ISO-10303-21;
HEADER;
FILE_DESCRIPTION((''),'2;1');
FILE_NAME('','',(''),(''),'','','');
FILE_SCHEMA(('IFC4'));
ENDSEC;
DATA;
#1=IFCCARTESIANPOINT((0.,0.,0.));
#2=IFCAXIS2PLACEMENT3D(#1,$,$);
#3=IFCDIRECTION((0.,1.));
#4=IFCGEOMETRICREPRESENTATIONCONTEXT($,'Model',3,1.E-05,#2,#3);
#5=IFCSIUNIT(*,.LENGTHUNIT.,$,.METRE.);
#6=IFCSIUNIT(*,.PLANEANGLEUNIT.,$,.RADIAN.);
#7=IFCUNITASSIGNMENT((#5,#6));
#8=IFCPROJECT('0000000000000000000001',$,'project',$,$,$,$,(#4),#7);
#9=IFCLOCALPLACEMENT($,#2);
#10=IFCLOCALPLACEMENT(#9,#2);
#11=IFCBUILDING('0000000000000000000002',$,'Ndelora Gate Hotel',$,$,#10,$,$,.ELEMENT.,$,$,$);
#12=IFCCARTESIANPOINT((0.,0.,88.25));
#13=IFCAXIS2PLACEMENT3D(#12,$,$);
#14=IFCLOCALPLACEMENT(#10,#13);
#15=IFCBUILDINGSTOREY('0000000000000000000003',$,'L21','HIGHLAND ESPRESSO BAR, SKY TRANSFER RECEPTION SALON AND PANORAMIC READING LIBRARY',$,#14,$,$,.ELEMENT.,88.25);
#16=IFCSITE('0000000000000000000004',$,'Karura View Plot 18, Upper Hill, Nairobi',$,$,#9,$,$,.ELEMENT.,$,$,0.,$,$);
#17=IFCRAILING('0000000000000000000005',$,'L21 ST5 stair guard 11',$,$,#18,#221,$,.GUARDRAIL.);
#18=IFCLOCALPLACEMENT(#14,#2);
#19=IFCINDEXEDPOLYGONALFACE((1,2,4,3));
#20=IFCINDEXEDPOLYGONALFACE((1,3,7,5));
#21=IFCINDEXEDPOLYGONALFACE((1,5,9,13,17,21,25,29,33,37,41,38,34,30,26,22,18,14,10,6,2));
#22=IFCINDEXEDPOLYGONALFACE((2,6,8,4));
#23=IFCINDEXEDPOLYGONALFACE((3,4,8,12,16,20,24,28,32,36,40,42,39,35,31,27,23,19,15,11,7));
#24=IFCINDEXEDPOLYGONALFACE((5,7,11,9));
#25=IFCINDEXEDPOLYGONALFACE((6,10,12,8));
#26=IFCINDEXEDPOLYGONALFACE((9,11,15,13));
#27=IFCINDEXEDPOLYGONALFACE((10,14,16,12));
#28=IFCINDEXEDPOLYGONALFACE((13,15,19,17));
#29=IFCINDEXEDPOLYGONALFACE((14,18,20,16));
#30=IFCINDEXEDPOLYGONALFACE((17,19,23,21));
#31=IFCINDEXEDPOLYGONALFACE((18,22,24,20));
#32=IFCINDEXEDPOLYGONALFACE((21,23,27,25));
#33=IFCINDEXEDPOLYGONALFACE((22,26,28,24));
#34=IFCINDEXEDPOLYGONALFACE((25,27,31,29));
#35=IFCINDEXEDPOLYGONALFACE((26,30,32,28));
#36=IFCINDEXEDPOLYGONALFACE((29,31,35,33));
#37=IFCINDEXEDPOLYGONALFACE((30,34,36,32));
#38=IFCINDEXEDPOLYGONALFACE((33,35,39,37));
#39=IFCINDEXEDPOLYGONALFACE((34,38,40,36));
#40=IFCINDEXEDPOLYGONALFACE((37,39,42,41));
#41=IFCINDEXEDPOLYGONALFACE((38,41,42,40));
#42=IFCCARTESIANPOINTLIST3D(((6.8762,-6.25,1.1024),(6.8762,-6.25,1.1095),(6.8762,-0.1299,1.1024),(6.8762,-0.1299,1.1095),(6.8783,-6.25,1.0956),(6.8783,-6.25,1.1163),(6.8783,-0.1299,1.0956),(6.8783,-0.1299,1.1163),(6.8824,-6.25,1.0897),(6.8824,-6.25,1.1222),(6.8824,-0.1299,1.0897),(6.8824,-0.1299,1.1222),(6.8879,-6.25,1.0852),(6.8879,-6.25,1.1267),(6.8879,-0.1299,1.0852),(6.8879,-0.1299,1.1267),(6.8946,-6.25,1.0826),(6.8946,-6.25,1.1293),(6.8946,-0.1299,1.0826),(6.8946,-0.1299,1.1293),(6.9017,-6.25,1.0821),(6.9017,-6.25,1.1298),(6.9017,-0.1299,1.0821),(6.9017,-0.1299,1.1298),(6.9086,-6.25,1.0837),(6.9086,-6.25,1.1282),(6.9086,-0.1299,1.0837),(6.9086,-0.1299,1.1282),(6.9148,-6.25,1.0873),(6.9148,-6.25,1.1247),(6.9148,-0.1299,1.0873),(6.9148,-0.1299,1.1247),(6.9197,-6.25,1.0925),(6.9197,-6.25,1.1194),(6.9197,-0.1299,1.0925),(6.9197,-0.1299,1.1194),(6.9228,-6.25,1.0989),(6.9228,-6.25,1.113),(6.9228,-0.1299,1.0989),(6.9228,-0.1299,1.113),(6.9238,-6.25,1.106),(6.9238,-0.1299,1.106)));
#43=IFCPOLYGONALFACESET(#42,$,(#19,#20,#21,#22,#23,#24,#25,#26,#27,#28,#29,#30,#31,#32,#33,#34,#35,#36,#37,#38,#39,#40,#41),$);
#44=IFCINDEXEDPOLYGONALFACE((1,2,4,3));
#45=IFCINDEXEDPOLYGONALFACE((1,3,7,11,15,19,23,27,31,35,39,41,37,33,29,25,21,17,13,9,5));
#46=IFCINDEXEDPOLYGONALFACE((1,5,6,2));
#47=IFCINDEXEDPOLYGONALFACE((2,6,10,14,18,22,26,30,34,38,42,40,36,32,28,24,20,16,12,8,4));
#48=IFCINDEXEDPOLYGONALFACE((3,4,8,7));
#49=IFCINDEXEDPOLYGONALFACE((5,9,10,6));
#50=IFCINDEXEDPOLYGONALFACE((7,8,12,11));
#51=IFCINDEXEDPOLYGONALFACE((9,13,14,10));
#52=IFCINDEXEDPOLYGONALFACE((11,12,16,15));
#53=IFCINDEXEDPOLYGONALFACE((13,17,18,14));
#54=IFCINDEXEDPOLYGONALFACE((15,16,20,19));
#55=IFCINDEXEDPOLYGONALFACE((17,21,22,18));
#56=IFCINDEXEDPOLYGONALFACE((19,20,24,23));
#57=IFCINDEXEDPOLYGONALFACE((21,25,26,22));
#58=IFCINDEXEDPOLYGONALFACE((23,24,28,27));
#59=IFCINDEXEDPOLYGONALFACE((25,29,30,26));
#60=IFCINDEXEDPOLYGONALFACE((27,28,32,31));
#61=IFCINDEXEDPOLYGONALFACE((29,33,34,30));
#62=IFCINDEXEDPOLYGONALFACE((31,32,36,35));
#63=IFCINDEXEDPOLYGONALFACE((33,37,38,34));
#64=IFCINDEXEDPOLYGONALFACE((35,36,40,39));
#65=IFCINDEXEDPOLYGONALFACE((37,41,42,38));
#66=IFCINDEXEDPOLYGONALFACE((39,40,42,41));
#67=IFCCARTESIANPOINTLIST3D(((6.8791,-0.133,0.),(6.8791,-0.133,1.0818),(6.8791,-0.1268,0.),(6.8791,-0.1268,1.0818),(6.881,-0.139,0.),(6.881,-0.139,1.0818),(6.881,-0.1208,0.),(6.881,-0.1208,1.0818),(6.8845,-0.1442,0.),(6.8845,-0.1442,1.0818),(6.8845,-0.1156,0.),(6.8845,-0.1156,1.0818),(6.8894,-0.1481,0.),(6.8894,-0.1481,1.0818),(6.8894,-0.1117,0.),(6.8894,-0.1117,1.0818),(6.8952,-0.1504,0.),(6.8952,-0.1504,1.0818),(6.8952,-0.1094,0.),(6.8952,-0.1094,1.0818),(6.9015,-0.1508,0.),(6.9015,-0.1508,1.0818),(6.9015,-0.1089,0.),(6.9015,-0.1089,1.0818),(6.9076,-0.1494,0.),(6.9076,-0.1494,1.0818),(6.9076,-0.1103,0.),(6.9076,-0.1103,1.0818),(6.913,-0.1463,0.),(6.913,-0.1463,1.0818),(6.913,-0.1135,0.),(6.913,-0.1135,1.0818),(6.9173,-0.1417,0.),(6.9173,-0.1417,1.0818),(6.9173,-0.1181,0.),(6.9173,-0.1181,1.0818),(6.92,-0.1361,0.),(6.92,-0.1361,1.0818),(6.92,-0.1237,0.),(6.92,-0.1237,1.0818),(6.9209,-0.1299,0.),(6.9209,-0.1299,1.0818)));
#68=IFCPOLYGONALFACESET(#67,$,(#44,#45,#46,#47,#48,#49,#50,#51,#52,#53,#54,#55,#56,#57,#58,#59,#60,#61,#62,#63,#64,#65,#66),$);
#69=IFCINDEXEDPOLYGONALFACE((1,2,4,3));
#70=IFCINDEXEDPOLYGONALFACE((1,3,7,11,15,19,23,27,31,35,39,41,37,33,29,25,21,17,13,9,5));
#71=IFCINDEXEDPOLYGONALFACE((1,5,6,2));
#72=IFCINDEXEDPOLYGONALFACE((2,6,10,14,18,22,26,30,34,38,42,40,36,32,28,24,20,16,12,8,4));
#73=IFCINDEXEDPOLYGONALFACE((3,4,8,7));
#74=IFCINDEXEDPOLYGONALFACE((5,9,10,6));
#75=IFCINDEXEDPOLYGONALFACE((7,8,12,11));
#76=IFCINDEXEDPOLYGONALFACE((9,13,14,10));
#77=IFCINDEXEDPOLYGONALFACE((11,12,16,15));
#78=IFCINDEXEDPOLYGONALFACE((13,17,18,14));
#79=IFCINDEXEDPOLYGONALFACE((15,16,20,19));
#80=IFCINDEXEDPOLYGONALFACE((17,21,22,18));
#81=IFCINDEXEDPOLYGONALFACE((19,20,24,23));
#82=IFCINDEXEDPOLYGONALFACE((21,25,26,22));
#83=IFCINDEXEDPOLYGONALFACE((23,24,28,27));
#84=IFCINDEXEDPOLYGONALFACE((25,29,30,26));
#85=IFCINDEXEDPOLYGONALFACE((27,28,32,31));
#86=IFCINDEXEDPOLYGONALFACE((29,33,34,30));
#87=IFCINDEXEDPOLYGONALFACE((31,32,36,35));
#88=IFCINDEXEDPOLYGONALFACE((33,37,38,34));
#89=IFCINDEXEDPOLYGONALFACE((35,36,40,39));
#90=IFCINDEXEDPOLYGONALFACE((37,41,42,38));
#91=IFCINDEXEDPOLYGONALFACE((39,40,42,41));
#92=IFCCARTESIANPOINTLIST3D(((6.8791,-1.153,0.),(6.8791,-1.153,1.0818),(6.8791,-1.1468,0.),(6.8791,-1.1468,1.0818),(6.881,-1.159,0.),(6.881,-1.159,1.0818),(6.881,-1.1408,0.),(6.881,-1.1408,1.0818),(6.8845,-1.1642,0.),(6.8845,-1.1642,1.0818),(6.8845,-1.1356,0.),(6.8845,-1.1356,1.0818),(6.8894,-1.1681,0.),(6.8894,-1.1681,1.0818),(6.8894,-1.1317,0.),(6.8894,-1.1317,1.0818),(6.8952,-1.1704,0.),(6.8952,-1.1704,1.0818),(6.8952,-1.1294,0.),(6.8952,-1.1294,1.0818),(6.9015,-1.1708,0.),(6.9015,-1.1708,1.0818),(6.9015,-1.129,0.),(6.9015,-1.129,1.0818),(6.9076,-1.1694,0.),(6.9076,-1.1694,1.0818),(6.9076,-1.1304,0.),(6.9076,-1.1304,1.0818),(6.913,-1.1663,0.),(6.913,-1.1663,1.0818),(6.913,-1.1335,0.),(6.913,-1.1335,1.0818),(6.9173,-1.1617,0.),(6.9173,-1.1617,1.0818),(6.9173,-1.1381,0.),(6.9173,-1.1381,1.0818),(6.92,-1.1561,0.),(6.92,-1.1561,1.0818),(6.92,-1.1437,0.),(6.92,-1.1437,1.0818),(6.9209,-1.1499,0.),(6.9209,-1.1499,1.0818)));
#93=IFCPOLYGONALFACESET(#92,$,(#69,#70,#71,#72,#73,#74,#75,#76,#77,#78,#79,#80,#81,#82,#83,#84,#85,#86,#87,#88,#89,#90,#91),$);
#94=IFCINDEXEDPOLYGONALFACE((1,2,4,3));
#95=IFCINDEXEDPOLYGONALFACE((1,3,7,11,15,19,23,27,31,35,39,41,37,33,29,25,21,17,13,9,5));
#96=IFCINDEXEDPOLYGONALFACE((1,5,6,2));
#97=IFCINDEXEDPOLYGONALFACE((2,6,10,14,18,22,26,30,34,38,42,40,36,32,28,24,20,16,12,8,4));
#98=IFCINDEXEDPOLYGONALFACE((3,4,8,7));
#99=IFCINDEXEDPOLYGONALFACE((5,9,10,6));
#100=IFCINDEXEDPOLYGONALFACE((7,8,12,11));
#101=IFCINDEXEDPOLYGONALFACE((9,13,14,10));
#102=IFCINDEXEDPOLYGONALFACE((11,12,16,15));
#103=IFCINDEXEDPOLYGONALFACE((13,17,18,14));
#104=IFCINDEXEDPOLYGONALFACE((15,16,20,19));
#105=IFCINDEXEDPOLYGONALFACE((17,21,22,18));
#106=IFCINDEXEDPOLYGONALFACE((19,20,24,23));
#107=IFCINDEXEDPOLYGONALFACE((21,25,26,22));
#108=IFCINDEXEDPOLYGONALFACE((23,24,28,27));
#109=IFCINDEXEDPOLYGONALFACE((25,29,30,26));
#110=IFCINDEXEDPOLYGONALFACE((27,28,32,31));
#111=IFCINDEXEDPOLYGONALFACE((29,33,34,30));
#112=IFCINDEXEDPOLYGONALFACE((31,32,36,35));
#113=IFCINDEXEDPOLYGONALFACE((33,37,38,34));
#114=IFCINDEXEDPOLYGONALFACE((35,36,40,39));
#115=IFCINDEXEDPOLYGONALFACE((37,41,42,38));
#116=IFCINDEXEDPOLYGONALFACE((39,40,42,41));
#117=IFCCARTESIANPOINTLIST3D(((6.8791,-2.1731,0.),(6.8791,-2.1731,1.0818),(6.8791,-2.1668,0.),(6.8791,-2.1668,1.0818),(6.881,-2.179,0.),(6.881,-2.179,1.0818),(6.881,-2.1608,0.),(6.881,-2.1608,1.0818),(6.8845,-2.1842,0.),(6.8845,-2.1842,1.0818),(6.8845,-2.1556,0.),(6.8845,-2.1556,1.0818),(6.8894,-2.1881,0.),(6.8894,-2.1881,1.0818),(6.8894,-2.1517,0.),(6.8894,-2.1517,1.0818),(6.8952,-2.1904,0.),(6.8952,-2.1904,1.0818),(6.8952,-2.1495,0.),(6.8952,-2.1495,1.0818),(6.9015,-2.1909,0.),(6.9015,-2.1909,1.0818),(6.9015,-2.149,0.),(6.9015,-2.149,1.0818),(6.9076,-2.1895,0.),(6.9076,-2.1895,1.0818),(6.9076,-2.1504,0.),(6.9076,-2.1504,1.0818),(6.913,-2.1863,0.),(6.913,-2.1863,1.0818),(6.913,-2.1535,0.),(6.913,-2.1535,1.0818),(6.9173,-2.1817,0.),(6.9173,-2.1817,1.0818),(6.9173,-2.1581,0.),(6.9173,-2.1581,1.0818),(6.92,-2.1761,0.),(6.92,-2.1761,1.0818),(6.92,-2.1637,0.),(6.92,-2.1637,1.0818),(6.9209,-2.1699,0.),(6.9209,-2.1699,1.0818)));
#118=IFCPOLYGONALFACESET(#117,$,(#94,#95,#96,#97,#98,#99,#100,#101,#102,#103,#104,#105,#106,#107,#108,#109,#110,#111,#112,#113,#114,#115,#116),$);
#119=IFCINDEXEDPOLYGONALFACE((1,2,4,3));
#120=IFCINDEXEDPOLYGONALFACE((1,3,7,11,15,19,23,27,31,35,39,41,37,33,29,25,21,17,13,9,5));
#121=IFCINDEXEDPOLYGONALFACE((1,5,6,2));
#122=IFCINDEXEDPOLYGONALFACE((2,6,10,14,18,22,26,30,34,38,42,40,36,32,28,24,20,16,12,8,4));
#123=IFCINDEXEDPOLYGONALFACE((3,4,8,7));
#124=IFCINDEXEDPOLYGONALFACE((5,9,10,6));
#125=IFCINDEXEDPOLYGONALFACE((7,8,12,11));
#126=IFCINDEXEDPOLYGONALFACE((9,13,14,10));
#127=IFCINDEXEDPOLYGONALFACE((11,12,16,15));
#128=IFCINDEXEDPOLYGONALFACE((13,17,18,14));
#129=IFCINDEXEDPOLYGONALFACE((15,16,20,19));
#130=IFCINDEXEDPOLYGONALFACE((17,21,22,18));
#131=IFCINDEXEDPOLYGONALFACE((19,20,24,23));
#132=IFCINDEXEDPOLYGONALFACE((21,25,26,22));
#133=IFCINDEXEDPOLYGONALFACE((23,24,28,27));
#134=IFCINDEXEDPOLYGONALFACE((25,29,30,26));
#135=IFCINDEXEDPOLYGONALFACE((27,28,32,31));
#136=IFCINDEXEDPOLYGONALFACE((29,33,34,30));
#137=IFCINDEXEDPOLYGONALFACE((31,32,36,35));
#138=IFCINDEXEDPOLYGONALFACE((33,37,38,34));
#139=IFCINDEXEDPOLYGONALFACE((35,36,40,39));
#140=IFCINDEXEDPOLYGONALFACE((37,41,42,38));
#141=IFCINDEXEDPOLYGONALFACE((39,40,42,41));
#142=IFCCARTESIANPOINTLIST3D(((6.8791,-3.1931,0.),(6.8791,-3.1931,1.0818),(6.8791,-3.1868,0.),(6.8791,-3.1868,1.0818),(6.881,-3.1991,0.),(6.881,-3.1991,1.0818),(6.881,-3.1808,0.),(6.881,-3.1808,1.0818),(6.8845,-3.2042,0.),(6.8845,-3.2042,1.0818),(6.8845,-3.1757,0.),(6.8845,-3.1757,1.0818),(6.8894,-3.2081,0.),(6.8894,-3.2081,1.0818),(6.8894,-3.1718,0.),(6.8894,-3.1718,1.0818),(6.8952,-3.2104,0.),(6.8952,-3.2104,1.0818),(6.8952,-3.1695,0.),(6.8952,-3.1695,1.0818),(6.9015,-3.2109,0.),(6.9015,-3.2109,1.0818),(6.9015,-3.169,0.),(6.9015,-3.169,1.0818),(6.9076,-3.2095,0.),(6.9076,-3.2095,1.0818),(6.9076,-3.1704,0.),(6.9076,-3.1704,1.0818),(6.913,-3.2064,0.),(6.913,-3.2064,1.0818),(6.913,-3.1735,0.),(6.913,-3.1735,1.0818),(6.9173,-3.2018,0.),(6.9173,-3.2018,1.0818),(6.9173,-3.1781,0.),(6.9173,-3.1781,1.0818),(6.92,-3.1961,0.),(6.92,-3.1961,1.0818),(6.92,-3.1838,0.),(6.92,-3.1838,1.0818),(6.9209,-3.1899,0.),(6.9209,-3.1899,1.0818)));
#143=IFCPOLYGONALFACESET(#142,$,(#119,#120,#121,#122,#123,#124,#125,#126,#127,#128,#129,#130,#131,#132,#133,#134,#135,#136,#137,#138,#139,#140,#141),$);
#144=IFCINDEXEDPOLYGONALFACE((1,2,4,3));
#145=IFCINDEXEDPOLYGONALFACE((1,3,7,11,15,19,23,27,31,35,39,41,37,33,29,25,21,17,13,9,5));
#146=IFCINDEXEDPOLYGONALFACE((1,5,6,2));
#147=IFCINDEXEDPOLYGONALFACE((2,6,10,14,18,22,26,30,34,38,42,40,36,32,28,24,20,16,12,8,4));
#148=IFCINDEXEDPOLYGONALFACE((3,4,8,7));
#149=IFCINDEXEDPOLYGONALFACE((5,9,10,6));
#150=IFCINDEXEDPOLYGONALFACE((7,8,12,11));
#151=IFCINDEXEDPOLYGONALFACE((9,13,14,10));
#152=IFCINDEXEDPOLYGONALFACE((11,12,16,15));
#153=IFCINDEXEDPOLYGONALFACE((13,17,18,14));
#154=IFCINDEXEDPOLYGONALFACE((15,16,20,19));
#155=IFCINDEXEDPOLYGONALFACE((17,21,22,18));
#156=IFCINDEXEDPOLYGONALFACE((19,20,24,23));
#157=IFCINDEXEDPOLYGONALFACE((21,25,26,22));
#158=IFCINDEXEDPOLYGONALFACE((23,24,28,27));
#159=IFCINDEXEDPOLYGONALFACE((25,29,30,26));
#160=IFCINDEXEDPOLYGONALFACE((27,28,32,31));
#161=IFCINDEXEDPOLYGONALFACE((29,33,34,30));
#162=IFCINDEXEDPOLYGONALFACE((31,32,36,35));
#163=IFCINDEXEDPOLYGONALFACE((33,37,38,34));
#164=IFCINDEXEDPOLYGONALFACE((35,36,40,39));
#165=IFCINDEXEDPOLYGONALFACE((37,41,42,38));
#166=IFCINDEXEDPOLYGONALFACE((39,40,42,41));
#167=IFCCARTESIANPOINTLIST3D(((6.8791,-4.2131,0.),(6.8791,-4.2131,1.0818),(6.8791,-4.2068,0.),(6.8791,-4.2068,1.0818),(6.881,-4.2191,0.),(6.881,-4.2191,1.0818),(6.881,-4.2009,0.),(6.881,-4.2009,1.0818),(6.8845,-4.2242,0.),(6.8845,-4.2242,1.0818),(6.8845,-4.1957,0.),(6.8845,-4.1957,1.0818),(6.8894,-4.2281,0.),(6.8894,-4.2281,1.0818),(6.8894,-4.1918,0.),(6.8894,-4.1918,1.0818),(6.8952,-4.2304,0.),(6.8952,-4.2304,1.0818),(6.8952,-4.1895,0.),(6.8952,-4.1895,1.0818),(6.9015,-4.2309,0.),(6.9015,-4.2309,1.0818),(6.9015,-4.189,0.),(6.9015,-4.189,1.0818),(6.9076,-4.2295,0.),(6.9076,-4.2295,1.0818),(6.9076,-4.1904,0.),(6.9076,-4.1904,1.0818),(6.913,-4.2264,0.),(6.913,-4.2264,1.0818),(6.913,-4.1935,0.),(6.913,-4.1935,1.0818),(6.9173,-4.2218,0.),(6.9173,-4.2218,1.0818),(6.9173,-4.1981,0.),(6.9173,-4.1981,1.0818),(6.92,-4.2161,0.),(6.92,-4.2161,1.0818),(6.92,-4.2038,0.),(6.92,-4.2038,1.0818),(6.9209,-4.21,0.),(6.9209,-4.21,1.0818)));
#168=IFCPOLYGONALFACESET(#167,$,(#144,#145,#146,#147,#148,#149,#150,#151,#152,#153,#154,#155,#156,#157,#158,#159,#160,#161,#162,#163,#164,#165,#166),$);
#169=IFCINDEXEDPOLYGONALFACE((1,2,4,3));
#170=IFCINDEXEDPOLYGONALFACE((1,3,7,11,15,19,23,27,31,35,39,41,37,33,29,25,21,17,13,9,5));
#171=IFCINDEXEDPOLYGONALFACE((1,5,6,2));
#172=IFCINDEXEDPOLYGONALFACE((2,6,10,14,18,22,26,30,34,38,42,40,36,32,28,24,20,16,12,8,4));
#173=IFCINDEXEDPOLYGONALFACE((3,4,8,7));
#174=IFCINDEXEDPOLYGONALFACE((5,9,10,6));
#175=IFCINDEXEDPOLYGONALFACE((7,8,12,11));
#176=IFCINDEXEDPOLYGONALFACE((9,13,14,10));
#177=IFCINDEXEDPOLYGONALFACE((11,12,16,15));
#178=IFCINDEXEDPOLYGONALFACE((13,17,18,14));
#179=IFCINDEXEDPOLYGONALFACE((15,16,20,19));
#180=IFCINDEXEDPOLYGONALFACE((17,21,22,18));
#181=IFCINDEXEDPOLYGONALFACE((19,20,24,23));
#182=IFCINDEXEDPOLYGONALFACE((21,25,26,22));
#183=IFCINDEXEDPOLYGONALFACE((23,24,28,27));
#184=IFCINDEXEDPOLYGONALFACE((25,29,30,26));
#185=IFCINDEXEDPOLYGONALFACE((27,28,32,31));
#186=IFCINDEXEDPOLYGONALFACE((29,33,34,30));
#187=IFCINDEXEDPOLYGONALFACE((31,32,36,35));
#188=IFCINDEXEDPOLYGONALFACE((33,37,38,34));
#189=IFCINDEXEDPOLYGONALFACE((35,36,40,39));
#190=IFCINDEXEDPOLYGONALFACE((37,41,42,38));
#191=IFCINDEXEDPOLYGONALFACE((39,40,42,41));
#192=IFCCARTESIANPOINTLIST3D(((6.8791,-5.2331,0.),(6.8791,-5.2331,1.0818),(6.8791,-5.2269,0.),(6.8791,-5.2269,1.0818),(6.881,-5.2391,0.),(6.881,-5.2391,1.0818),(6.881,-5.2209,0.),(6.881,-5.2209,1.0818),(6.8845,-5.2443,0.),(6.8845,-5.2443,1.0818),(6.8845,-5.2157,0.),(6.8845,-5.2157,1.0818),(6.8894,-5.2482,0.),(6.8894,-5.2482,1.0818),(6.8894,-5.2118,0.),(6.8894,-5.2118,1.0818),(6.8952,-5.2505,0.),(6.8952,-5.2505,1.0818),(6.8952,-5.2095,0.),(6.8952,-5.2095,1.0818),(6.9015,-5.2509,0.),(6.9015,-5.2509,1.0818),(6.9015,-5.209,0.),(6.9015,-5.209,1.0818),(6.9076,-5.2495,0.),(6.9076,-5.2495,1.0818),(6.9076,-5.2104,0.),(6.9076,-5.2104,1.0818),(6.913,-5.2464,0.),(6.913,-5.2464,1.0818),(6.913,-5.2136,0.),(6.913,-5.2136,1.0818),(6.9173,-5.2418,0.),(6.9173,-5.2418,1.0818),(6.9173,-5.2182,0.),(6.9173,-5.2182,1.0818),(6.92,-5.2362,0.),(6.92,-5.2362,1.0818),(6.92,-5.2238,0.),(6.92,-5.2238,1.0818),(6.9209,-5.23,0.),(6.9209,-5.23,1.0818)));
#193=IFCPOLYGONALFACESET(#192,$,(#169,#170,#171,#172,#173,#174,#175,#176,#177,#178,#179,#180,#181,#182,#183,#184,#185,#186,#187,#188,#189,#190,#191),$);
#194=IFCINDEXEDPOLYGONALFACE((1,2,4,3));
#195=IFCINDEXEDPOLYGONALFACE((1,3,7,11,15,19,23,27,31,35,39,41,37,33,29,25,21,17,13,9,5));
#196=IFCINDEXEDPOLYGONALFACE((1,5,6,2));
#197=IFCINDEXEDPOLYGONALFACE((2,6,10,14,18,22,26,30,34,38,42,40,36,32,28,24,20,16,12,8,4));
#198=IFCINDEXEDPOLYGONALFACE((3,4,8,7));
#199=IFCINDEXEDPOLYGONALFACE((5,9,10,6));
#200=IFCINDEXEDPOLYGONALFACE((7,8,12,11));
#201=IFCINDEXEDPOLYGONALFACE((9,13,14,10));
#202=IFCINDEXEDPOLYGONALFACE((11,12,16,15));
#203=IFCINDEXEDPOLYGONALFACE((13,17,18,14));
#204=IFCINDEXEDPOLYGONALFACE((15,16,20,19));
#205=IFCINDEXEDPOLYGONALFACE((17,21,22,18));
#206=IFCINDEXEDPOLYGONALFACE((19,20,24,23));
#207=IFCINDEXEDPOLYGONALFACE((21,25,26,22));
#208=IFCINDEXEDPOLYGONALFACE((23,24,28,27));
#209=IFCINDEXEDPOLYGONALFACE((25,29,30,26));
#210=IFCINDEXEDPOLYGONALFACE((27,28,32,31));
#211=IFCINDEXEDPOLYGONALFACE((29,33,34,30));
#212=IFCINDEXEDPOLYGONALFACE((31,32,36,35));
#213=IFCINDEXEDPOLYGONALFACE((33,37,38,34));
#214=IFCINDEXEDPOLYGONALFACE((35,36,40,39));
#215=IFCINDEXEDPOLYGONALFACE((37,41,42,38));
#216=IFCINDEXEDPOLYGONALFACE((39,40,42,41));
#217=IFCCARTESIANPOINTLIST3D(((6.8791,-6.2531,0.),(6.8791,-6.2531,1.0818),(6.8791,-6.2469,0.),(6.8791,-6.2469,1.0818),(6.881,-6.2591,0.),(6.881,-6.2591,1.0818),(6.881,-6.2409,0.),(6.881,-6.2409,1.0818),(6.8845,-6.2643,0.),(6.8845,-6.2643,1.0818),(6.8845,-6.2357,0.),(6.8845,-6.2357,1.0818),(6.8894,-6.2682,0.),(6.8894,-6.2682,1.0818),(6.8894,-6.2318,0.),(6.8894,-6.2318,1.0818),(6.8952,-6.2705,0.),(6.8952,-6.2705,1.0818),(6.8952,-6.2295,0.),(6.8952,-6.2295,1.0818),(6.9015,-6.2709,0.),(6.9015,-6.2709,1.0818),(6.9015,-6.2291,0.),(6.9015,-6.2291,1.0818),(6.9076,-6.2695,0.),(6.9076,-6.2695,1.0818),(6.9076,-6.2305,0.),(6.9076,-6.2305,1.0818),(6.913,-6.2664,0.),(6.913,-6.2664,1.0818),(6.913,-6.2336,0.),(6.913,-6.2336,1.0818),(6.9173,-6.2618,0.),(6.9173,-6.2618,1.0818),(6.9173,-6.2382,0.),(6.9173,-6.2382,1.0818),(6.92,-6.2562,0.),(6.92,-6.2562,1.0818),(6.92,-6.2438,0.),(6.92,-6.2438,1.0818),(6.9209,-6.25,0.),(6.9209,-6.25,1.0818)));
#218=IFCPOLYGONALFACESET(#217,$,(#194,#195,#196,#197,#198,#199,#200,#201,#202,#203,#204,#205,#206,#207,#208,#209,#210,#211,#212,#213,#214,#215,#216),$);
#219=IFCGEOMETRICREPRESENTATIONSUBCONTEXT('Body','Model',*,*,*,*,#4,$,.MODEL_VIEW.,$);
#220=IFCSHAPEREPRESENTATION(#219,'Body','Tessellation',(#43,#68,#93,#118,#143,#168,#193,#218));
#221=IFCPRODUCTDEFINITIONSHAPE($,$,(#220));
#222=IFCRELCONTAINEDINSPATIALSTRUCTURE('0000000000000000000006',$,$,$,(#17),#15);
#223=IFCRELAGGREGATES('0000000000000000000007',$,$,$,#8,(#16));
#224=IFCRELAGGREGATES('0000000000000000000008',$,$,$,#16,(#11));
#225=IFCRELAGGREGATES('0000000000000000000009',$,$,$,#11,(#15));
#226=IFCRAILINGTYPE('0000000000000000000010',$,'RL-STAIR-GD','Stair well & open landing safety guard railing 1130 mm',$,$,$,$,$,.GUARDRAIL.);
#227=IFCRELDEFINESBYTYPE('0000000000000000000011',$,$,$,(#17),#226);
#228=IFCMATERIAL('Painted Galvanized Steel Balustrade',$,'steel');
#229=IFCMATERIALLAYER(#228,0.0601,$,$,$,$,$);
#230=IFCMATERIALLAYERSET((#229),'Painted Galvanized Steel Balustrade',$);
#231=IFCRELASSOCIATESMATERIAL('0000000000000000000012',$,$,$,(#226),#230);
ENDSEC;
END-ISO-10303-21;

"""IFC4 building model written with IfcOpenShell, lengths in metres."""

from ifc_helpers import new_model, si_unit, direction, frame, origin, origin_2d, place, context, subcontext, project, spatial, circle, extrude, material, layer, layer_set, type_object, element, save


model = new_model("IFC4")

# Units and contexts
model_context = context("Model", 3, precision=1e-05, world=origin(), true_north=direction((0.0, 1.0)))
body_context = subcontext(model_context, "Body", "Model", "MODEL_VIEW")
ifc_project = project(units=[si_unit("LENGTHUNIT", "METRE"), si_unit("PLANEANGLEUNIT", "RADIAN")], contexts=[model_context])

# Site, building, storey
site_placement = place(None, origin())
site = spatial("IfcSite", under=ifc_project, at=site_placement, Name="Karura View Plot 18, Upper Hill, Nairobi", CompositionType="ELEMENT", RefElevation=0.0)
building_placement = place(site_placement, origin())
building = spatial("IfcBuilding", under=site, at=building_placement, Name="Ndelora Gate Hotel", CompositionType="ELEMENT")
storey_placement = place(building_placement, frame((0.0, 0.0, 88.25)))
storey = spatial("IfcBuildingStorey", under=building, at=storey_placement, Name="L21", Description="HIGHLAND ESPRESSO BAR, SKY TRANSFER RECEPTION SALON AND PANORAMIC READING LIBRARY", CompositionType="ELEMENT", Elevation=88.25)

# Railing
ifc_material_1 = material(Name="Painted Galvanized Steel Balustrade", Category="steel")
ifc_layer_1 = layer(ifc_material_1, 0.0601)
ifc_layer_set_1 = layer_set([ifc_layer_1], Name="Painted Galvanized Steel Balustrade")
railing_type = type_object("IfcRailingType", Name="RL-STAIR-GD", Description="Stair well & open landing safety guard railing 1130 mm", PredefinedType="GUARDRAIL", material=ifc_layer_set_1)
railing_placement = place(storey_placement, frame((6.8999, -0.1299, 0.0)))
element("IfcRailing", 1, at=railing_placement, inside=storey, type_object=railing_type, Name="L21 ST5 stair guard 11", PredefinedType="GUARDRAIL", context=body_context, shape_type="SweptSolid", body=[
    extrude(circle(Radius=0.0239, at=origin_2d()), frame((0.0, 0.0, 1.106), z_axis=(0.0, -1.0, 0.0), x_axis=(1.0, 0.0, 0.0)), (0.0, 0.0, 1.0), 6.1201),
    extrude(circle(Radius=0.021, at=origin_2d()), origin(), (0.0, 0.0, 1.0), 1.0818),
    extrude(circle(Radius=0.021, at=origin_2d()), frame((0.0, -1.02, 0.0)), (0.0, 0.0, 1.0), 1.0818),
    extrude(circle(Radius=0.021, at=origin_2d()), frame((0.0, -2.04, 0.0)), (0.0, 0.0, 1.0), 1.0818),
    extrude(circle(Radius=0.021, at=origin_2d()), frame((0.0, -3.0601, 0.0)), (0.0, 0.0, 1.0), 1.0818),
    extrude(circle(Radius=0.021, at=origin_2d()), frame((0.0, -4.0801, 0.0)), (0.0, 0.0, 1.0), 1.0818),
    extrude(circle(Radius=0.021, at=origin_2d()), frame((0.0, -5.1001, 0.0)), (0.0, 0.0, 1.0), 1.0818),
    extrude(circle(Radius=0.021, at=origin_2d()), frame((0.0, -6.1201, 0.0)), (0.0, 0.0, 1.0), 1.0818),
])

save(model, "model.ifc")
